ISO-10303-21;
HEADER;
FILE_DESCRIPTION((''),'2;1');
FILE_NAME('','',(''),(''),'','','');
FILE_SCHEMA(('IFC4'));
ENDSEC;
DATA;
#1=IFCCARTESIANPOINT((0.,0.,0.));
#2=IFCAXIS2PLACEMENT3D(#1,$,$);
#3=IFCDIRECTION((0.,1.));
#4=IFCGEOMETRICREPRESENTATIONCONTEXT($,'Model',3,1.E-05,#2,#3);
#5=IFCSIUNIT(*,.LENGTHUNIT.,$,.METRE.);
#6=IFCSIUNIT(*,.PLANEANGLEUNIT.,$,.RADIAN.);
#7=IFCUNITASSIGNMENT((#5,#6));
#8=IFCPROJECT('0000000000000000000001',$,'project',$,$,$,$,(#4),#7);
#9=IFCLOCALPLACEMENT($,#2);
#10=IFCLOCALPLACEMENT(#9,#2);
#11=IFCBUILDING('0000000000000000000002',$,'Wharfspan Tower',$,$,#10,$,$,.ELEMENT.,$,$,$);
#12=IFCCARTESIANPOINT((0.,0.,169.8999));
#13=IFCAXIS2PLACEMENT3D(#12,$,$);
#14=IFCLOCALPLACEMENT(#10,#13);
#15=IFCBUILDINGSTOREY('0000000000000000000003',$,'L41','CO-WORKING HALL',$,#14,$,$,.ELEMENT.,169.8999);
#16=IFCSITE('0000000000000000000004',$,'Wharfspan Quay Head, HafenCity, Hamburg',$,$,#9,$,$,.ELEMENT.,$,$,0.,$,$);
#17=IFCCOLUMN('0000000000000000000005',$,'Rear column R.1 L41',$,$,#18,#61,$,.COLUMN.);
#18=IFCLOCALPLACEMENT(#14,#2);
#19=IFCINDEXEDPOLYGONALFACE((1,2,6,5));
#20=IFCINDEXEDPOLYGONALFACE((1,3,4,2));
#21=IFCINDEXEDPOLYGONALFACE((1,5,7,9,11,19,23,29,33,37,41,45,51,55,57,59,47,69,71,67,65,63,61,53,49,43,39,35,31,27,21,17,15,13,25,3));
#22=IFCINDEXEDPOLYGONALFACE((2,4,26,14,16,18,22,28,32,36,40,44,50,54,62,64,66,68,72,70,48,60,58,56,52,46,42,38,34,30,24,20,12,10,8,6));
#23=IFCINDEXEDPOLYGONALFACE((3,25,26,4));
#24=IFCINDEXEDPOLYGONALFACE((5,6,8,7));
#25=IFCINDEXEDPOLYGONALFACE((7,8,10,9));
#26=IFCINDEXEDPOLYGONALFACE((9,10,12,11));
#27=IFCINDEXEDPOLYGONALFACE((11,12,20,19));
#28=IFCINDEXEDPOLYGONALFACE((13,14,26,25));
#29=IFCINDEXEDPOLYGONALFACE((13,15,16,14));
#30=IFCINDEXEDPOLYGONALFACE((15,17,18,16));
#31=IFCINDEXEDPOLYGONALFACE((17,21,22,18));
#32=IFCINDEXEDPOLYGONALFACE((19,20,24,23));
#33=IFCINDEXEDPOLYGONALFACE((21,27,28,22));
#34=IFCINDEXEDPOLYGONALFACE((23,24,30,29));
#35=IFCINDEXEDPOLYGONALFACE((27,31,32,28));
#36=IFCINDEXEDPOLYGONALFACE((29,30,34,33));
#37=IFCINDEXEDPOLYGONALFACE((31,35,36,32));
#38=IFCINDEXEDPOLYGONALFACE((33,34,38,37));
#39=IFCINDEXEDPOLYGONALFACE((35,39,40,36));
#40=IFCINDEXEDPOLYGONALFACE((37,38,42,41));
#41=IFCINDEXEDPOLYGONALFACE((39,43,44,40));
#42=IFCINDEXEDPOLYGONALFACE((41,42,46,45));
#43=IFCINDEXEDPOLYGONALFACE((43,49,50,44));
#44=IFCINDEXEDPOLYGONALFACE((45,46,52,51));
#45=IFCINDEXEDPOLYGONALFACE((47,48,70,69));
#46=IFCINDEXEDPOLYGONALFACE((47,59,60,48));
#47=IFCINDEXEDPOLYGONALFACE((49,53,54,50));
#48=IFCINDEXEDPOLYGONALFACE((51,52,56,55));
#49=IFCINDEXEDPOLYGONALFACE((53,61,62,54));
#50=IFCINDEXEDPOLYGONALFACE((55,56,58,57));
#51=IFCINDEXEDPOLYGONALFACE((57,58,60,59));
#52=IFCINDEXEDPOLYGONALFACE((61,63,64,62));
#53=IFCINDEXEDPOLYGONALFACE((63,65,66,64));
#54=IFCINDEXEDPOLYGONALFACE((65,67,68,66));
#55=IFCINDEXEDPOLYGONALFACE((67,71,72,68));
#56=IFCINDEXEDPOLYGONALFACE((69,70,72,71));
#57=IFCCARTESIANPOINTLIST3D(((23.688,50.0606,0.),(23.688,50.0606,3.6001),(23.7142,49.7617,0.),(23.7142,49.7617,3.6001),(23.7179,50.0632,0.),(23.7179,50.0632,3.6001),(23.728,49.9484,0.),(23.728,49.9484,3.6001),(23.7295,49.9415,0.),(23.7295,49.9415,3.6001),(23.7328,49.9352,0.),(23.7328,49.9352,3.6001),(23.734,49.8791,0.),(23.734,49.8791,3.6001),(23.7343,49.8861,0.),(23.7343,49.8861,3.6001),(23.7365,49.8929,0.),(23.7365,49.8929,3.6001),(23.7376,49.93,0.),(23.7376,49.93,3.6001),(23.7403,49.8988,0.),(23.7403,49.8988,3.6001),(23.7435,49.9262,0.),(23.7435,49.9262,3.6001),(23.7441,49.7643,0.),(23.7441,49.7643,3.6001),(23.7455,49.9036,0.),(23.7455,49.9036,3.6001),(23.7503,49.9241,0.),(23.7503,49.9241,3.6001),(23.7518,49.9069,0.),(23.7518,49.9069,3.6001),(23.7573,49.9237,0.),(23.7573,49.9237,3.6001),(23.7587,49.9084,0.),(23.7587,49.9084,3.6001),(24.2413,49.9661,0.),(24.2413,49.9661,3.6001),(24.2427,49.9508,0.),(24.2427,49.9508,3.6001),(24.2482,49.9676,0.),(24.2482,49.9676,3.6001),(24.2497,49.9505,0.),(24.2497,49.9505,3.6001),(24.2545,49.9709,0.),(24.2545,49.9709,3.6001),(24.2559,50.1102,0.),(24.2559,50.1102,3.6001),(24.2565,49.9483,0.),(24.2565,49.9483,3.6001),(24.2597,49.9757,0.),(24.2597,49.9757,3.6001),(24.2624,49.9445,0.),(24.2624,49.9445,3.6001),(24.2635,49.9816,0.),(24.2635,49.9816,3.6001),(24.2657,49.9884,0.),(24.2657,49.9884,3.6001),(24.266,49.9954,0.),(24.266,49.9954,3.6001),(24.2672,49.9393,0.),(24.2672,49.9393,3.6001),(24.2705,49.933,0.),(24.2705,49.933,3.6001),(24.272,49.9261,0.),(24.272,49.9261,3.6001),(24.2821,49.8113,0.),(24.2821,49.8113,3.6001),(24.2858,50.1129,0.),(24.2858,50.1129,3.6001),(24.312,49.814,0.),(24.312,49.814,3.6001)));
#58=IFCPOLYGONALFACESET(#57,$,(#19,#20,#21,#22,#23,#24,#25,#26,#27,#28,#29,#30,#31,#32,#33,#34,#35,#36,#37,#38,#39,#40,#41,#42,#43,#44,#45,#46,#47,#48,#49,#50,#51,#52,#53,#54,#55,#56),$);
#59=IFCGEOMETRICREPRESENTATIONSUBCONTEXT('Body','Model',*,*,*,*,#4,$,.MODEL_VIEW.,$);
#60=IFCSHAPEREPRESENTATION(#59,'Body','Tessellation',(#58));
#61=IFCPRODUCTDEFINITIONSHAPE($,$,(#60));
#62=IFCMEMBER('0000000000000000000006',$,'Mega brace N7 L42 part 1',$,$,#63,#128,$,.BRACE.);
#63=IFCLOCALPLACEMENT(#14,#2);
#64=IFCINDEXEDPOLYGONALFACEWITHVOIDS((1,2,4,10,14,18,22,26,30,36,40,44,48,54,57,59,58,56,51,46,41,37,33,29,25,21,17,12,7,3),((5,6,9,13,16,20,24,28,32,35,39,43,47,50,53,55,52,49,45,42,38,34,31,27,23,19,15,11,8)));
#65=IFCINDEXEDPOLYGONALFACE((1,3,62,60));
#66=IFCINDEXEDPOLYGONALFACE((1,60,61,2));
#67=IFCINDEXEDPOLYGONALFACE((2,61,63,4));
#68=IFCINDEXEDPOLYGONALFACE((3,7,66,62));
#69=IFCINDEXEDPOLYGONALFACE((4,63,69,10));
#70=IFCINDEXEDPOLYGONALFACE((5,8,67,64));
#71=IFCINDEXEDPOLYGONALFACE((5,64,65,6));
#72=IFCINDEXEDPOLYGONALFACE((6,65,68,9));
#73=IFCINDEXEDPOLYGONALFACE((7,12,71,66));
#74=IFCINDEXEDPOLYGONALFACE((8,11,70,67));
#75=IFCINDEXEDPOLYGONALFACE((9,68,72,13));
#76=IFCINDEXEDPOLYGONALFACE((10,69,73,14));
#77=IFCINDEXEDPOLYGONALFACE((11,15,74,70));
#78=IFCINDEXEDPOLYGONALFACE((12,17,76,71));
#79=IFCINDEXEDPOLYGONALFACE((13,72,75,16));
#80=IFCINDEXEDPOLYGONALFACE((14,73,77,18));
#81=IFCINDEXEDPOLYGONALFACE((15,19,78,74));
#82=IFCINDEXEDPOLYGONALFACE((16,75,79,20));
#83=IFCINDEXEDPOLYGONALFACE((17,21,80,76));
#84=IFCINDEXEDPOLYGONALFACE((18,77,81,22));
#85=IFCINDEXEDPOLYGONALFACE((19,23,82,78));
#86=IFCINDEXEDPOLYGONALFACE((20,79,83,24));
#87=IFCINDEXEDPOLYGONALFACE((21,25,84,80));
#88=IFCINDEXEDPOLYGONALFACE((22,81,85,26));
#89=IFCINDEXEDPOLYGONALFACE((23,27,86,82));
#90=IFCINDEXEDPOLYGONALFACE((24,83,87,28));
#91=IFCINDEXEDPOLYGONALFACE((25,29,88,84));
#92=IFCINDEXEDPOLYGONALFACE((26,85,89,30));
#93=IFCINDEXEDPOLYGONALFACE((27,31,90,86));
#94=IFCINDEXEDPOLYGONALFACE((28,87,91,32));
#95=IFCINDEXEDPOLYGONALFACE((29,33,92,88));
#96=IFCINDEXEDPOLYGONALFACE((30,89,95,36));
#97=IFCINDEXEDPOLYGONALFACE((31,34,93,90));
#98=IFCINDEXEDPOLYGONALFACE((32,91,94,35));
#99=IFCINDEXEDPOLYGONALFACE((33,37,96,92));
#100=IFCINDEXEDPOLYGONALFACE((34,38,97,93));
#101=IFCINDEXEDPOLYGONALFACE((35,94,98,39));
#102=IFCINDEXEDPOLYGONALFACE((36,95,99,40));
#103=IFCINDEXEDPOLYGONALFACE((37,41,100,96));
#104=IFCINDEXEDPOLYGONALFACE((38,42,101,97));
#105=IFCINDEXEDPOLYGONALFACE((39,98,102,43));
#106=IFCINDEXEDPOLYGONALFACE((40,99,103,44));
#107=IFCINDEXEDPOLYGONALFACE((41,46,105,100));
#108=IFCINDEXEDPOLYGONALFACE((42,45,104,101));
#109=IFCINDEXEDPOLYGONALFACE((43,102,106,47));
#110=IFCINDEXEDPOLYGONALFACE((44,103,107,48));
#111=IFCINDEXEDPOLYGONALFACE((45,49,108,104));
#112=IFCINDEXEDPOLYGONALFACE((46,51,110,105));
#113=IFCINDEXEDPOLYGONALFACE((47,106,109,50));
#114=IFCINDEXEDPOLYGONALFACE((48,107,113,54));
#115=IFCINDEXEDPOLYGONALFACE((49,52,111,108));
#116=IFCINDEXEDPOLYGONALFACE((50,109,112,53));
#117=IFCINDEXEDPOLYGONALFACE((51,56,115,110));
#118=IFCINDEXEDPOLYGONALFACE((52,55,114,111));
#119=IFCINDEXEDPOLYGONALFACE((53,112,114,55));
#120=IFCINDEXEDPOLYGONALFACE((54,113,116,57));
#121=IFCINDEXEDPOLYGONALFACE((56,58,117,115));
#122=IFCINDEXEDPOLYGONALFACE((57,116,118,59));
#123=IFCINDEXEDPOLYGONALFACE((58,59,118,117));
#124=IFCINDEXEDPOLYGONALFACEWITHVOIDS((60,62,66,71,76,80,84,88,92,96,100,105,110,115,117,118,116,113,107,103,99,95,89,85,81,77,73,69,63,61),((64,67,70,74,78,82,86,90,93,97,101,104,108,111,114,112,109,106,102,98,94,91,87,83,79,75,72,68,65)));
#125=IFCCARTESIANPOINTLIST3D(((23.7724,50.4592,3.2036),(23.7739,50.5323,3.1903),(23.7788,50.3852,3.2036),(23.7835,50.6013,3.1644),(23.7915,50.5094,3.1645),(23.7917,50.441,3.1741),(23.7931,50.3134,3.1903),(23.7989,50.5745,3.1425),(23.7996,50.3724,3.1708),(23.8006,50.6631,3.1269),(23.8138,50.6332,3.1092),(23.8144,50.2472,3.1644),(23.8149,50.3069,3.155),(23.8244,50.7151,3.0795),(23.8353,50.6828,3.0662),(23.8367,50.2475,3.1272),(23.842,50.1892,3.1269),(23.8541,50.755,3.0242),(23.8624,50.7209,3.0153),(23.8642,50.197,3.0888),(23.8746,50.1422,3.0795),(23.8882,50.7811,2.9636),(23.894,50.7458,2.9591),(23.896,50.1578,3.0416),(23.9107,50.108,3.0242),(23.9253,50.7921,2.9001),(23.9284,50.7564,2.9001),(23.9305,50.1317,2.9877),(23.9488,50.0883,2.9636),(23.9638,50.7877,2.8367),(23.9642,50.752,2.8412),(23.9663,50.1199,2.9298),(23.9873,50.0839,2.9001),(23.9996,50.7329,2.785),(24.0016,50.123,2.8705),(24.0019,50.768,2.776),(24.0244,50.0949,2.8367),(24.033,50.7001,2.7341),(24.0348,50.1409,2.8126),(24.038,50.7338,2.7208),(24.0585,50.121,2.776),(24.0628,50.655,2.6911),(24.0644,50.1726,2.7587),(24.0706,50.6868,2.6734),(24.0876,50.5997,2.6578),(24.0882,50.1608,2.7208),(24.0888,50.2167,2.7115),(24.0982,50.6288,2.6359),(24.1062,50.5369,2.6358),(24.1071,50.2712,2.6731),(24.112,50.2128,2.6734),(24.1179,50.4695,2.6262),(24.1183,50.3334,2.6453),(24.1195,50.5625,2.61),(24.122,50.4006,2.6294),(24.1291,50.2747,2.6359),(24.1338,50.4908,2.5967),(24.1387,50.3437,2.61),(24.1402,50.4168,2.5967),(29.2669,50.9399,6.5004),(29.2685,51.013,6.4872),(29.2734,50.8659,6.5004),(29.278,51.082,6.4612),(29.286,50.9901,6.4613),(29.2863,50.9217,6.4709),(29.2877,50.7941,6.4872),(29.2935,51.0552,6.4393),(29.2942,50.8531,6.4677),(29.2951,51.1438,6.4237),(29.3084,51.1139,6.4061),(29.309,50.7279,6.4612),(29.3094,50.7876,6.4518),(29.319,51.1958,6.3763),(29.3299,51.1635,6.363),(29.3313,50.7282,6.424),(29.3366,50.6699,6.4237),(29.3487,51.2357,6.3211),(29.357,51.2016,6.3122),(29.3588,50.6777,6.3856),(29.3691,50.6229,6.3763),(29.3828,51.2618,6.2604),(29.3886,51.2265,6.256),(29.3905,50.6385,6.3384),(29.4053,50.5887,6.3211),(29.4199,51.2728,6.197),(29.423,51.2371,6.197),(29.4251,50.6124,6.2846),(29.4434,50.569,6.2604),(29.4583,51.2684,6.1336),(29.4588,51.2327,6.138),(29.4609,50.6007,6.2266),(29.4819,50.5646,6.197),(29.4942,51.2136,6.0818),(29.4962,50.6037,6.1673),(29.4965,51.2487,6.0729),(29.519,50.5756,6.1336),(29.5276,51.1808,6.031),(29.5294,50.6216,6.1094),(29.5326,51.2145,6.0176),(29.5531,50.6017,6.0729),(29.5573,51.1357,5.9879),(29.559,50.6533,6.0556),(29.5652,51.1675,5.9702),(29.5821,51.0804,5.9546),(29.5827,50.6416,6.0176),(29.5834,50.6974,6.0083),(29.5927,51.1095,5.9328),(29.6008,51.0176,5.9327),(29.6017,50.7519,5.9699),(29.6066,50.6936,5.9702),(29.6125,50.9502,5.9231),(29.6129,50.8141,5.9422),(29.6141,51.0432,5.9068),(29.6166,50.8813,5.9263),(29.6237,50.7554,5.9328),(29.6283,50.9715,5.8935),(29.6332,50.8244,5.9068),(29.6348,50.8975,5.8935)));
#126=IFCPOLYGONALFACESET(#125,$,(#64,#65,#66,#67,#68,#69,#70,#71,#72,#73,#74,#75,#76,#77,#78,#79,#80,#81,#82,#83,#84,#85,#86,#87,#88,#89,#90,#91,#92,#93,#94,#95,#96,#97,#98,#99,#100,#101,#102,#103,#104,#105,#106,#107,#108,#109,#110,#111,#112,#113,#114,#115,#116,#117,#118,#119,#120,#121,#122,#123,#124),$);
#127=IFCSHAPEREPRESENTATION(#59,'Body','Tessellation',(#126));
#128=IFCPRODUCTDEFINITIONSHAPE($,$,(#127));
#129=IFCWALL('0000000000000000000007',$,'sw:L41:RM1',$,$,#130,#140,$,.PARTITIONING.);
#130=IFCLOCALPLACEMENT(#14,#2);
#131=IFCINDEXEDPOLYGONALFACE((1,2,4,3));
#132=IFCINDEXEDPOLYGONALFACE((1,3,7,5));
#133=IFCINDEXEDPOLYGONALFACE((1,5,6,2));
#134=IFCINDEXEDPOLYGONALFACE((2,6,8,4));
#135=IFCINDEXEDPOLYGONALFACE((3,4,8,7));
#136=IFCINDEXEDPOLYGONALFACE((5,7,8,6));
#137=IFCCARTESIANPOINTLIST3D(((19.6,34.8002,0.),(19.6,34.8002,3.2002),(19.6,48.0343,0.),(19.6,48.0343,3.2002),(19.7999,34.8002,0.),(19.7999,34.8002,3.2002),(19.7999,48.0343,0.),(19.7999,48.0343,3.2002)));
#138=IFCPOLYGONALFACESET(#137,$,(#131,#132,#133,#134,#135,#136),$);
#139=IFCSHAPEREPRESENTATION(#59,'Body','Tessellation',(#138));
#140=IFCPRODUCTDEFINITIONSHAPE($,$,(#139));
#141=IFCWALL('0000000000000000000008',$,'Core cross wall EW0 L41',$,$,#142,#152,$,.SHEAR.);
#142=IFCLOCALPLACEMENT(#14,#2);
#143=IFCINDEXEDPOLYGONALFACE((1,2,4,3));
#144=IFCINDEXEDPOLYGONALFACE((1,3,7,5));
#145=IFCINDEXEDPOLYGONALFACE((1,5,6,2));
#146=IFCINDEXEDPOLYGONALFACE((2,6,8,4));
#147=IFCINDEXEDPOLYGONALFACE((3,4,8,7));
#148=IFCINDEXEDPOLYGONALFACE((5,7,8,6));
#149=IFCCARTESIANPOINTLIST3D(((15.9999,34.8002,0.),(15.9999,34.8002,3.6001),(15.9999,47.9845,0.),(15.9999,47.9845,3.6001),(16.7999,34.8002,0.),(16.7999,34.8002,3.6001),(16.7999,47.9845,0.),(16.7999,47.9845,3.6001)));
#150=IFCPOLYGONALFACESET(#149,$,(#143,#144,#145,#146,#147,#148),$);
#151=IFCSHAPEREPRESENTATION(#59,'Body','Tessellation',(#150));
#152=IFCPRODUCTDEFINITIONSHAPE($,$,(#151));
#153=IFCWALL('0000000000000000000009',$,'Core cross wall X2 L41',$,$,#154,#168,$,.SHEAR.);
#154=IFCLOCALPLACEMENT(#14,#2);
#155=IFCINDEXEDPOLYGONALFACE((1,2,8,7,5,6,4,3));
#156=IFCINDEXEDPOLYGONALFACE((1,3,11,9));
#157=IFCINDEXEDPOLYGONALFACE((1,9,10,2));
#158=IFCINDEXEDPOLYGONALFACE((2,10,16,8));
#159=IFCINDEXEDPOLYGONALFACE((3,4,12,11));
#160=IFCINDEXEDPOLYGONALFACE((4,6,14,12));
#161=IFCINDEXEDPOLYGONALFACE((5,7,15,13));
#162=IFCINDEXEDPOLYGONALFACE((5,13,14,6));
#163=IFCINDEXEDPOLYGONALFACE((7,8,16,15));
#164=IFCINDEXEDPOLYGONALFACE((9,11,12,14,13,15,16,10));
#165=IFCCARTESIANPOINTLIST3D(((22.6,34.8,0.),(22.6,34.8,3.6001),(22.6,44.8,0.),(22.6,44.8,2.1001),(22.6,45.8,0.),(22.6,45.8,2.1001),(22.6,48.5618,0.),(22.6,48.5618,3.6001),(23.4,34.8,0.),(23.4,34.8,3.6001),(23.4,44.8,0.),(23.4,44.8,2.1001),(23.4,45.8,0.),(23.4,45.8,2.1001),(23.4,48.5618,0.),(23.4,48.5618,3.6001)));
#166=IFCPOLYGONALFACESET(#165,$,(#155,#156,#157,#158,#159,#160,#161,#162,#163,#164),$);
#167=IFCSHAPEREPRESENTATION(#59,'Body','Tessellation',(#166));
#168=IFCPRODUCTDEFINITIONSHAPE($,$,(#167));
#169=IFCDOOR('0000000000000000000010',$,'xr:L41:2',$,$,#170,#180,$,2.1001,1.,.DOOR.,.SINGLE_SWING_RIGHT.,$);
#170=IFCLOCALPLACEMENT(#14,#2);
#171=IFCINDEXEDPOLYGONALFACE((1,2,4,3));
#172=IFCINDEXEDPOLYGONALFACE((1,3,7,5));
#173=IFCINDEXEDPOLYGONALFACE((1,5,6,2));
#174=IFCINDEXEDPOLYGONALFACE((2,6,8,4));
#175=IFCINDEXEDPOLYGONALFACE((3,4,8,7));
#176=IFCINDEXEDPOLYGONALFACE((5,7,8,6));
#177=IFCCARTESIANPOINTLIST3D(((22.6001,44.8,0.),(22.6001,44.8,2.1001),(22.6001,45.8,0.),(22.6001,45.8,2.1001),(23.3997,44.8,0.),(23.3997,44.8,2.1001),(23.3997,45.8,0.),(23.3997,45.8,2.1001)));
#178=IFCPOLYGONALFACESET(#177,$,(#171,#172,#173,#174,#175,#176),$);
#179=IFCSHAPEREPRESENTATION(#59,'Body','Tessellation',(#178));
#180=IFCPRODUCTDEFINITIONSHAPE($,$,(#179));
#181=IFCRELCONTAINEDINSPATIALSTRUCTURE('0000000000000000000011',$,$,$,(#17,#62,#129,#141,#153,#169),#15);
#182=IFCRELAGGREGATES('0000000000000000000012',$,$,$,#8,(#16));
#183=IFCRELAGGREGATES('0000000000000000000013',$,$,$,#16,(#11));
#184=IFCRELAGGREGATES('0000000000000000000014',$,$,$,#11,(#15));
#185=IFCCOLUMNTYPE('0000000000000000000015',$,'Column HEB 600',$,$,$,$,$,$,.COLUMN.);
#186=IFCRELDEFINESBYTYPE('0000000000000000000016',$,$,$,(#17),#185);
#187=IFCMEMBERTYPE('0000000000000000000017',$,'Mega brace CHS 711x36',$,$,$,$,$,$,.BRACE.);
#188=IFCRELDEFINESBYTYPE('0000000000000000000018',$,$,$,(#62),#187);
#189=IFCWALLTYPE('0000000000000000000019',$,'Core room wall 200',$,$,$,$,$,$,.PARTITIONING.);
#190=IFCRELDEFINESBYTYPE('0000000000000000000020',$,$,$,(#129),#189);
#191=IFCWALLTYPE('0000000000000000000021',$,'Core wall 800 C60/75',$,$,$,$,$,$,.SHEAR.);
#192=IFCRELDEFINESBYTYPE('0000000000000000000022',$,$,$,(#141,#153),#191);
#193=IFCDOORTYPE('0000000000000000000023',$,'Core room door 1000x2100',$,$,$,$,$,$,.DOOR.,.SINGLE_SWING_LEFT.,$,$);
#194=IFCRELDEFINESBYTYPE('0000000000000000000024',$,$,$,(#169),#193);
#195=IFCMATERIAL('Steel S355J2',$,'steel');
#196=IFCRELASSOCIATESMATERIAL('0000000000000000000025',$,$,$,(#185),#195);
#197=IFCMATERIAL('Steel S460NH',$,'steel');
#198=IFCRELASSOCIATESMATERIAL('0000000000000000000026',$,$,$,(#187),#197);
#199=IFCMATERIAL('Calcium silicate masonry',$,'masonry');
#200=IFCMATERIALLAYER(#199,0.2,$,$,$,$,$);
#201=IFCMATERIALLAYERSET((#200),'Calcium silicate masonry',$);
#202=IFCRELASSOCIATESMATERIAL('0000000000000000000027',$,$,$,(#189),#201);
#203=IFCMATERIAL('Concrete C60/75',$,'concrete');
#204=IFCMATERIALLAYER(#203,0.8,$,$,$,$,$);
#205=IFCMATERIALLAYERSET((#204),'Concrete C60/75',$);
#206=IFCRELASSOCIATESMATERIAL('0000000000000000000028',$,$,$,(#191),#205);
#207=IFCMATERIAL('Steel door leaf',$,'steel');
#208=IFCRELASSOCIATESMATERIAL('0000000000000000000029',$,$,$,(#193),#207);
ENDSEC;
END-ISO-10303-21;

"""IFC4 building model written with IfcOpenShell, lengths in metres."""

from ifc_helpers import new_model, si_unit, direction, frame, frame_2d, origin, origin_2d, place, context, subcontext, project, spatial, rectangle, hollow_circle, i_section, extrude, material, layer, layer_set, material_profile, profile_set, type_object, element, fill, save


model = new_model("IFC4")

# Units and contexts
model_context = context("Model", 3, precision=1e-05, world=origin(), true_north=direction((0.0, 1.0)))
body_context = subcontext(model_context, "Body", "Model", "MODEL_VIEW")
ifc_project = project(units=[si_unit("LENGTHUNIT", "METRE"), si_unit("PLANEANGLEUNIT", "RADIAN")], contexts=[model_context])

# Site, building, storey
site_placement = place(None, origin())
site = spatial("IfcSite", under=ifc_project, at=site_placement, Name="Wharfspan Quay Head, HafenCity, Hamburg", CompositionType="ELEMENT", RefElevation=0.0)
building_placement = place(site_placement, origin())
building = spatial("IfcBuilding", under=site, at=building_placement, Name="Wharfspan Tower", CompositionType="ELEMENT")
storey_placement = place(building_placement, frame((0.0, 0.0, 169.8999)))
storey = spatial("IfcBuildingStorey", under=building, at=storey_placement, Name="L41", Description="CO-WORKING HALL", CompositionType="ELEMENT", Elevation=169.8999)

# Column
ifc_material_1 = material(Name="Steel S355J2", Category="steel")
ifc_material_profile_1 = material_profile(ifc_material_1, i_section(OverallWidth=0.3, OverallDepth=0.6001, WebThickness=0.0154, FlangeThickness=0.03, FilletRadius=0.0271, at=origin_2d()))
ifc_profile_set_1 = profile_set([ifc_material_profile_1], Name="Steel S355J2")
column_type = type_object("IfcColumnType", Name="Column HEB 600", PredefinedType="COLUMN", material=ifc_profile_set_1)
column_placement = place(storey_placement, frame((24.0, 49.9373, 0.0), z_axis=(0.0, 0.0, 1.0), x_axis=(-0.087156, 0.996198, 0.0)))
element("IfcColumn", 1, at=column_placement, inside=storey, type_object=column_type, Name="Rear column R.1 L41", PredefinedType="COLUMN", context=body_context, shape_type="SweptSolid", body=[
    extrude(i_section(OverallWidth=0.3, OverallDepth=0.6001, WebThickness=0.0154, FlangeThickness=0.03, FilletRadius=0.0271, at=origin_2d()), origin(), (0.0, 0.0, 1.0), 3.6001),
])

# Member
ifc_material_2 = material(Name="Steel S460NH", Category="steel")
ifc_material_profile_2 = material_profile(ifc_material_2, hollow_circle(Radius=0.3555, WallThickness=0.0359, at=origin_2d()))
ifc_profile_set_2 = profile_set([ifc_material_profile_2], Name="Steel S460NH")
member_type = type_object("IfcMemberType", Name="Mega brace CHS 711x36", PredefinedType="BRACE", material=ifc_profile_set_2)
member_placement = place(storey_placement, frame((23.9563, 50.438, 2.9001), z_axis=(0.855083, 0.074809, 0.513065), x_axis=(-0.087154, 0.996196, -0.000001)))
element("IfcMember", 2, at=member_placement, inside=storey, type_object=member_type, Name="Mega brace N7 L42 part 1", PredefinedType="BRACE", context=body_context, shape_type="SweptSolid", body=[
    extrude(hollow_circle(Radius=0.3555, WallThickness=0.0359, at=origin_2d()), origin(), (0.0, 0.0, 1.0), 6.4258),
])

# Wall
ifc_material_3 = material(Name="Calcium silicate masonry", Category="masonry")
ifc_layer_1 = layer(ifc_material_3, 0.2)
ifc_layer_set_1 = layer_set([ifc_layer_1], Name="Calcium silicate masonry")
wall_type_1 = type_object("IfcWallType", Name="Core room wall 200", PredefinedType="PARTITIONING", material=ifc_layer_set_1)
wall_1_placement = place(storey_placement, frame((19.7, 34.8, 0.0), z_axis=(0.0, 0.0, 1.0), x_axis=(0.0, 1.0, 0.0)))
element("IfcWall", 3, at=wall_1_placement, inside=storey, type_object=wall_type_1, Name="sw:L41:RM1", PredefinedType="PARTITIONING", context=body_context, shape_type="SweptSolid", body=[
    extrude(rectangle(XDim=13.2341, YDim=0.2, at=frame_2d((6.6172, 0.0))), origin(), (0.0, 0.0, 1.0), 3.2002),
])

# Shared definitions
ifc_material_4 = material(Name="Concrete C60/75", Category="concrete")
ifc_layer_2 = layer(ifc_material_4, 0.8)
ifc_layer_set_2 = layer_set([ifc_layer_2], Name="Concrete C60/75")
wall_type_2 = type_object("IfcWallType", Name="Core wall 800 C60/75", PredefinedType="SHEAR", material=ifc_layer_set_2)
ifc_material_5 = material(Name="Steel door leaf", Category="steel")
door_type_1 = type_object("IfcDoorType", Name="Core room door 1000x2100", OperationType="SINGLE_SWING_LEFT", PredefinedType="DOOR", material=ifc_material_5)

# Wall
wall_2_placement = place(storey_placement, frame((16.3999, 34.8, 0.0), z_axis=(0.0, 0.0, 1.0), x_axis=(0.0, 1.0, 0.0)))
element("IfcWall", 4, at=wall_2_placement, inside=storey, type_object=wall_type_2, Name="Core cross wall EW0 L41", PredefinedType="SHEAR", context=body_context, shape_type="SweptSolid", body=[
    extrude(rectangle(XDim=13.1843, YDim=0.8, at=frame_2d((6.5923, 0.0))), origin(), (0.0, 0.0, 1.0), 3.6001),
])

# Wall, opening, door
wall_3_placement = place(storey_placement, frame((23.0, 34.8, 0.0), z_axis=(0.0, 0.0, 1.0), x_axis=(0.0, 1.0, 0.0)))
wall_3 = element("IfcWall", 5, at=wall_3_placement, inside=storey, type_object=wall_type_2, Name="Core cross wall X2 L41", PredefinedType="SHEAR", context=body_context, shape_type="SweptSolid", body=[
    extrude(rectangle(XDim=13.7617, YDim=0.8, at=frame_2d((6.8809, 0.0))), origin(), (0.0, 0.0, 1.0), 3.6001),
])
opening_1_placement = place(wall_3_placement, frame((10.0, 0.0, 0.0)))
opening_1 = element("IfcOpeningElement", 6, at=opening_1_placement, cuts=wall_3, PredefinedType="OPENING", context=body_context, shape_type="SweptSolid", body=[
    extrude(rectangle(XDim=1.0, YDim=2.1001, at=frame_2d((0.5, 1.05))), frame((0.0, 0.4099, 0.0), z_axis=(0.0, -1.0, 0.0), x_axis=(1.0, 0.0, 0.0)), (0.0, 0.0, 1.0), 0.8201),
])
door_1_placement = place(opening_1_placement, origin())
door_1 = element("IfcDoor", 7, at=door_1_placement, inside=storey, type_object=door_type_1, Name="xr:L41:2", OperationType="SINGLE_SWING_RIGHT", OverallHeight=2.1001, OverallWidth=1.0, PredefinedType="DOOR", context=body_context, shape_type="SweptSolid", body=[
    extrude(rectangle(XDim=1.0, YDim=2.1001, at=frame_2d((0.5, 1.05))), frame((0.0, 0.3999, 0.0), z_axis=(0.0, -1.0, 0.0), x_axis=(1.0, 0.0, 0.0)), (0.0, 0.0, 1.0), 0.7996),
])
fill(opening_1, door_1)

save(model, "model.ifc")
